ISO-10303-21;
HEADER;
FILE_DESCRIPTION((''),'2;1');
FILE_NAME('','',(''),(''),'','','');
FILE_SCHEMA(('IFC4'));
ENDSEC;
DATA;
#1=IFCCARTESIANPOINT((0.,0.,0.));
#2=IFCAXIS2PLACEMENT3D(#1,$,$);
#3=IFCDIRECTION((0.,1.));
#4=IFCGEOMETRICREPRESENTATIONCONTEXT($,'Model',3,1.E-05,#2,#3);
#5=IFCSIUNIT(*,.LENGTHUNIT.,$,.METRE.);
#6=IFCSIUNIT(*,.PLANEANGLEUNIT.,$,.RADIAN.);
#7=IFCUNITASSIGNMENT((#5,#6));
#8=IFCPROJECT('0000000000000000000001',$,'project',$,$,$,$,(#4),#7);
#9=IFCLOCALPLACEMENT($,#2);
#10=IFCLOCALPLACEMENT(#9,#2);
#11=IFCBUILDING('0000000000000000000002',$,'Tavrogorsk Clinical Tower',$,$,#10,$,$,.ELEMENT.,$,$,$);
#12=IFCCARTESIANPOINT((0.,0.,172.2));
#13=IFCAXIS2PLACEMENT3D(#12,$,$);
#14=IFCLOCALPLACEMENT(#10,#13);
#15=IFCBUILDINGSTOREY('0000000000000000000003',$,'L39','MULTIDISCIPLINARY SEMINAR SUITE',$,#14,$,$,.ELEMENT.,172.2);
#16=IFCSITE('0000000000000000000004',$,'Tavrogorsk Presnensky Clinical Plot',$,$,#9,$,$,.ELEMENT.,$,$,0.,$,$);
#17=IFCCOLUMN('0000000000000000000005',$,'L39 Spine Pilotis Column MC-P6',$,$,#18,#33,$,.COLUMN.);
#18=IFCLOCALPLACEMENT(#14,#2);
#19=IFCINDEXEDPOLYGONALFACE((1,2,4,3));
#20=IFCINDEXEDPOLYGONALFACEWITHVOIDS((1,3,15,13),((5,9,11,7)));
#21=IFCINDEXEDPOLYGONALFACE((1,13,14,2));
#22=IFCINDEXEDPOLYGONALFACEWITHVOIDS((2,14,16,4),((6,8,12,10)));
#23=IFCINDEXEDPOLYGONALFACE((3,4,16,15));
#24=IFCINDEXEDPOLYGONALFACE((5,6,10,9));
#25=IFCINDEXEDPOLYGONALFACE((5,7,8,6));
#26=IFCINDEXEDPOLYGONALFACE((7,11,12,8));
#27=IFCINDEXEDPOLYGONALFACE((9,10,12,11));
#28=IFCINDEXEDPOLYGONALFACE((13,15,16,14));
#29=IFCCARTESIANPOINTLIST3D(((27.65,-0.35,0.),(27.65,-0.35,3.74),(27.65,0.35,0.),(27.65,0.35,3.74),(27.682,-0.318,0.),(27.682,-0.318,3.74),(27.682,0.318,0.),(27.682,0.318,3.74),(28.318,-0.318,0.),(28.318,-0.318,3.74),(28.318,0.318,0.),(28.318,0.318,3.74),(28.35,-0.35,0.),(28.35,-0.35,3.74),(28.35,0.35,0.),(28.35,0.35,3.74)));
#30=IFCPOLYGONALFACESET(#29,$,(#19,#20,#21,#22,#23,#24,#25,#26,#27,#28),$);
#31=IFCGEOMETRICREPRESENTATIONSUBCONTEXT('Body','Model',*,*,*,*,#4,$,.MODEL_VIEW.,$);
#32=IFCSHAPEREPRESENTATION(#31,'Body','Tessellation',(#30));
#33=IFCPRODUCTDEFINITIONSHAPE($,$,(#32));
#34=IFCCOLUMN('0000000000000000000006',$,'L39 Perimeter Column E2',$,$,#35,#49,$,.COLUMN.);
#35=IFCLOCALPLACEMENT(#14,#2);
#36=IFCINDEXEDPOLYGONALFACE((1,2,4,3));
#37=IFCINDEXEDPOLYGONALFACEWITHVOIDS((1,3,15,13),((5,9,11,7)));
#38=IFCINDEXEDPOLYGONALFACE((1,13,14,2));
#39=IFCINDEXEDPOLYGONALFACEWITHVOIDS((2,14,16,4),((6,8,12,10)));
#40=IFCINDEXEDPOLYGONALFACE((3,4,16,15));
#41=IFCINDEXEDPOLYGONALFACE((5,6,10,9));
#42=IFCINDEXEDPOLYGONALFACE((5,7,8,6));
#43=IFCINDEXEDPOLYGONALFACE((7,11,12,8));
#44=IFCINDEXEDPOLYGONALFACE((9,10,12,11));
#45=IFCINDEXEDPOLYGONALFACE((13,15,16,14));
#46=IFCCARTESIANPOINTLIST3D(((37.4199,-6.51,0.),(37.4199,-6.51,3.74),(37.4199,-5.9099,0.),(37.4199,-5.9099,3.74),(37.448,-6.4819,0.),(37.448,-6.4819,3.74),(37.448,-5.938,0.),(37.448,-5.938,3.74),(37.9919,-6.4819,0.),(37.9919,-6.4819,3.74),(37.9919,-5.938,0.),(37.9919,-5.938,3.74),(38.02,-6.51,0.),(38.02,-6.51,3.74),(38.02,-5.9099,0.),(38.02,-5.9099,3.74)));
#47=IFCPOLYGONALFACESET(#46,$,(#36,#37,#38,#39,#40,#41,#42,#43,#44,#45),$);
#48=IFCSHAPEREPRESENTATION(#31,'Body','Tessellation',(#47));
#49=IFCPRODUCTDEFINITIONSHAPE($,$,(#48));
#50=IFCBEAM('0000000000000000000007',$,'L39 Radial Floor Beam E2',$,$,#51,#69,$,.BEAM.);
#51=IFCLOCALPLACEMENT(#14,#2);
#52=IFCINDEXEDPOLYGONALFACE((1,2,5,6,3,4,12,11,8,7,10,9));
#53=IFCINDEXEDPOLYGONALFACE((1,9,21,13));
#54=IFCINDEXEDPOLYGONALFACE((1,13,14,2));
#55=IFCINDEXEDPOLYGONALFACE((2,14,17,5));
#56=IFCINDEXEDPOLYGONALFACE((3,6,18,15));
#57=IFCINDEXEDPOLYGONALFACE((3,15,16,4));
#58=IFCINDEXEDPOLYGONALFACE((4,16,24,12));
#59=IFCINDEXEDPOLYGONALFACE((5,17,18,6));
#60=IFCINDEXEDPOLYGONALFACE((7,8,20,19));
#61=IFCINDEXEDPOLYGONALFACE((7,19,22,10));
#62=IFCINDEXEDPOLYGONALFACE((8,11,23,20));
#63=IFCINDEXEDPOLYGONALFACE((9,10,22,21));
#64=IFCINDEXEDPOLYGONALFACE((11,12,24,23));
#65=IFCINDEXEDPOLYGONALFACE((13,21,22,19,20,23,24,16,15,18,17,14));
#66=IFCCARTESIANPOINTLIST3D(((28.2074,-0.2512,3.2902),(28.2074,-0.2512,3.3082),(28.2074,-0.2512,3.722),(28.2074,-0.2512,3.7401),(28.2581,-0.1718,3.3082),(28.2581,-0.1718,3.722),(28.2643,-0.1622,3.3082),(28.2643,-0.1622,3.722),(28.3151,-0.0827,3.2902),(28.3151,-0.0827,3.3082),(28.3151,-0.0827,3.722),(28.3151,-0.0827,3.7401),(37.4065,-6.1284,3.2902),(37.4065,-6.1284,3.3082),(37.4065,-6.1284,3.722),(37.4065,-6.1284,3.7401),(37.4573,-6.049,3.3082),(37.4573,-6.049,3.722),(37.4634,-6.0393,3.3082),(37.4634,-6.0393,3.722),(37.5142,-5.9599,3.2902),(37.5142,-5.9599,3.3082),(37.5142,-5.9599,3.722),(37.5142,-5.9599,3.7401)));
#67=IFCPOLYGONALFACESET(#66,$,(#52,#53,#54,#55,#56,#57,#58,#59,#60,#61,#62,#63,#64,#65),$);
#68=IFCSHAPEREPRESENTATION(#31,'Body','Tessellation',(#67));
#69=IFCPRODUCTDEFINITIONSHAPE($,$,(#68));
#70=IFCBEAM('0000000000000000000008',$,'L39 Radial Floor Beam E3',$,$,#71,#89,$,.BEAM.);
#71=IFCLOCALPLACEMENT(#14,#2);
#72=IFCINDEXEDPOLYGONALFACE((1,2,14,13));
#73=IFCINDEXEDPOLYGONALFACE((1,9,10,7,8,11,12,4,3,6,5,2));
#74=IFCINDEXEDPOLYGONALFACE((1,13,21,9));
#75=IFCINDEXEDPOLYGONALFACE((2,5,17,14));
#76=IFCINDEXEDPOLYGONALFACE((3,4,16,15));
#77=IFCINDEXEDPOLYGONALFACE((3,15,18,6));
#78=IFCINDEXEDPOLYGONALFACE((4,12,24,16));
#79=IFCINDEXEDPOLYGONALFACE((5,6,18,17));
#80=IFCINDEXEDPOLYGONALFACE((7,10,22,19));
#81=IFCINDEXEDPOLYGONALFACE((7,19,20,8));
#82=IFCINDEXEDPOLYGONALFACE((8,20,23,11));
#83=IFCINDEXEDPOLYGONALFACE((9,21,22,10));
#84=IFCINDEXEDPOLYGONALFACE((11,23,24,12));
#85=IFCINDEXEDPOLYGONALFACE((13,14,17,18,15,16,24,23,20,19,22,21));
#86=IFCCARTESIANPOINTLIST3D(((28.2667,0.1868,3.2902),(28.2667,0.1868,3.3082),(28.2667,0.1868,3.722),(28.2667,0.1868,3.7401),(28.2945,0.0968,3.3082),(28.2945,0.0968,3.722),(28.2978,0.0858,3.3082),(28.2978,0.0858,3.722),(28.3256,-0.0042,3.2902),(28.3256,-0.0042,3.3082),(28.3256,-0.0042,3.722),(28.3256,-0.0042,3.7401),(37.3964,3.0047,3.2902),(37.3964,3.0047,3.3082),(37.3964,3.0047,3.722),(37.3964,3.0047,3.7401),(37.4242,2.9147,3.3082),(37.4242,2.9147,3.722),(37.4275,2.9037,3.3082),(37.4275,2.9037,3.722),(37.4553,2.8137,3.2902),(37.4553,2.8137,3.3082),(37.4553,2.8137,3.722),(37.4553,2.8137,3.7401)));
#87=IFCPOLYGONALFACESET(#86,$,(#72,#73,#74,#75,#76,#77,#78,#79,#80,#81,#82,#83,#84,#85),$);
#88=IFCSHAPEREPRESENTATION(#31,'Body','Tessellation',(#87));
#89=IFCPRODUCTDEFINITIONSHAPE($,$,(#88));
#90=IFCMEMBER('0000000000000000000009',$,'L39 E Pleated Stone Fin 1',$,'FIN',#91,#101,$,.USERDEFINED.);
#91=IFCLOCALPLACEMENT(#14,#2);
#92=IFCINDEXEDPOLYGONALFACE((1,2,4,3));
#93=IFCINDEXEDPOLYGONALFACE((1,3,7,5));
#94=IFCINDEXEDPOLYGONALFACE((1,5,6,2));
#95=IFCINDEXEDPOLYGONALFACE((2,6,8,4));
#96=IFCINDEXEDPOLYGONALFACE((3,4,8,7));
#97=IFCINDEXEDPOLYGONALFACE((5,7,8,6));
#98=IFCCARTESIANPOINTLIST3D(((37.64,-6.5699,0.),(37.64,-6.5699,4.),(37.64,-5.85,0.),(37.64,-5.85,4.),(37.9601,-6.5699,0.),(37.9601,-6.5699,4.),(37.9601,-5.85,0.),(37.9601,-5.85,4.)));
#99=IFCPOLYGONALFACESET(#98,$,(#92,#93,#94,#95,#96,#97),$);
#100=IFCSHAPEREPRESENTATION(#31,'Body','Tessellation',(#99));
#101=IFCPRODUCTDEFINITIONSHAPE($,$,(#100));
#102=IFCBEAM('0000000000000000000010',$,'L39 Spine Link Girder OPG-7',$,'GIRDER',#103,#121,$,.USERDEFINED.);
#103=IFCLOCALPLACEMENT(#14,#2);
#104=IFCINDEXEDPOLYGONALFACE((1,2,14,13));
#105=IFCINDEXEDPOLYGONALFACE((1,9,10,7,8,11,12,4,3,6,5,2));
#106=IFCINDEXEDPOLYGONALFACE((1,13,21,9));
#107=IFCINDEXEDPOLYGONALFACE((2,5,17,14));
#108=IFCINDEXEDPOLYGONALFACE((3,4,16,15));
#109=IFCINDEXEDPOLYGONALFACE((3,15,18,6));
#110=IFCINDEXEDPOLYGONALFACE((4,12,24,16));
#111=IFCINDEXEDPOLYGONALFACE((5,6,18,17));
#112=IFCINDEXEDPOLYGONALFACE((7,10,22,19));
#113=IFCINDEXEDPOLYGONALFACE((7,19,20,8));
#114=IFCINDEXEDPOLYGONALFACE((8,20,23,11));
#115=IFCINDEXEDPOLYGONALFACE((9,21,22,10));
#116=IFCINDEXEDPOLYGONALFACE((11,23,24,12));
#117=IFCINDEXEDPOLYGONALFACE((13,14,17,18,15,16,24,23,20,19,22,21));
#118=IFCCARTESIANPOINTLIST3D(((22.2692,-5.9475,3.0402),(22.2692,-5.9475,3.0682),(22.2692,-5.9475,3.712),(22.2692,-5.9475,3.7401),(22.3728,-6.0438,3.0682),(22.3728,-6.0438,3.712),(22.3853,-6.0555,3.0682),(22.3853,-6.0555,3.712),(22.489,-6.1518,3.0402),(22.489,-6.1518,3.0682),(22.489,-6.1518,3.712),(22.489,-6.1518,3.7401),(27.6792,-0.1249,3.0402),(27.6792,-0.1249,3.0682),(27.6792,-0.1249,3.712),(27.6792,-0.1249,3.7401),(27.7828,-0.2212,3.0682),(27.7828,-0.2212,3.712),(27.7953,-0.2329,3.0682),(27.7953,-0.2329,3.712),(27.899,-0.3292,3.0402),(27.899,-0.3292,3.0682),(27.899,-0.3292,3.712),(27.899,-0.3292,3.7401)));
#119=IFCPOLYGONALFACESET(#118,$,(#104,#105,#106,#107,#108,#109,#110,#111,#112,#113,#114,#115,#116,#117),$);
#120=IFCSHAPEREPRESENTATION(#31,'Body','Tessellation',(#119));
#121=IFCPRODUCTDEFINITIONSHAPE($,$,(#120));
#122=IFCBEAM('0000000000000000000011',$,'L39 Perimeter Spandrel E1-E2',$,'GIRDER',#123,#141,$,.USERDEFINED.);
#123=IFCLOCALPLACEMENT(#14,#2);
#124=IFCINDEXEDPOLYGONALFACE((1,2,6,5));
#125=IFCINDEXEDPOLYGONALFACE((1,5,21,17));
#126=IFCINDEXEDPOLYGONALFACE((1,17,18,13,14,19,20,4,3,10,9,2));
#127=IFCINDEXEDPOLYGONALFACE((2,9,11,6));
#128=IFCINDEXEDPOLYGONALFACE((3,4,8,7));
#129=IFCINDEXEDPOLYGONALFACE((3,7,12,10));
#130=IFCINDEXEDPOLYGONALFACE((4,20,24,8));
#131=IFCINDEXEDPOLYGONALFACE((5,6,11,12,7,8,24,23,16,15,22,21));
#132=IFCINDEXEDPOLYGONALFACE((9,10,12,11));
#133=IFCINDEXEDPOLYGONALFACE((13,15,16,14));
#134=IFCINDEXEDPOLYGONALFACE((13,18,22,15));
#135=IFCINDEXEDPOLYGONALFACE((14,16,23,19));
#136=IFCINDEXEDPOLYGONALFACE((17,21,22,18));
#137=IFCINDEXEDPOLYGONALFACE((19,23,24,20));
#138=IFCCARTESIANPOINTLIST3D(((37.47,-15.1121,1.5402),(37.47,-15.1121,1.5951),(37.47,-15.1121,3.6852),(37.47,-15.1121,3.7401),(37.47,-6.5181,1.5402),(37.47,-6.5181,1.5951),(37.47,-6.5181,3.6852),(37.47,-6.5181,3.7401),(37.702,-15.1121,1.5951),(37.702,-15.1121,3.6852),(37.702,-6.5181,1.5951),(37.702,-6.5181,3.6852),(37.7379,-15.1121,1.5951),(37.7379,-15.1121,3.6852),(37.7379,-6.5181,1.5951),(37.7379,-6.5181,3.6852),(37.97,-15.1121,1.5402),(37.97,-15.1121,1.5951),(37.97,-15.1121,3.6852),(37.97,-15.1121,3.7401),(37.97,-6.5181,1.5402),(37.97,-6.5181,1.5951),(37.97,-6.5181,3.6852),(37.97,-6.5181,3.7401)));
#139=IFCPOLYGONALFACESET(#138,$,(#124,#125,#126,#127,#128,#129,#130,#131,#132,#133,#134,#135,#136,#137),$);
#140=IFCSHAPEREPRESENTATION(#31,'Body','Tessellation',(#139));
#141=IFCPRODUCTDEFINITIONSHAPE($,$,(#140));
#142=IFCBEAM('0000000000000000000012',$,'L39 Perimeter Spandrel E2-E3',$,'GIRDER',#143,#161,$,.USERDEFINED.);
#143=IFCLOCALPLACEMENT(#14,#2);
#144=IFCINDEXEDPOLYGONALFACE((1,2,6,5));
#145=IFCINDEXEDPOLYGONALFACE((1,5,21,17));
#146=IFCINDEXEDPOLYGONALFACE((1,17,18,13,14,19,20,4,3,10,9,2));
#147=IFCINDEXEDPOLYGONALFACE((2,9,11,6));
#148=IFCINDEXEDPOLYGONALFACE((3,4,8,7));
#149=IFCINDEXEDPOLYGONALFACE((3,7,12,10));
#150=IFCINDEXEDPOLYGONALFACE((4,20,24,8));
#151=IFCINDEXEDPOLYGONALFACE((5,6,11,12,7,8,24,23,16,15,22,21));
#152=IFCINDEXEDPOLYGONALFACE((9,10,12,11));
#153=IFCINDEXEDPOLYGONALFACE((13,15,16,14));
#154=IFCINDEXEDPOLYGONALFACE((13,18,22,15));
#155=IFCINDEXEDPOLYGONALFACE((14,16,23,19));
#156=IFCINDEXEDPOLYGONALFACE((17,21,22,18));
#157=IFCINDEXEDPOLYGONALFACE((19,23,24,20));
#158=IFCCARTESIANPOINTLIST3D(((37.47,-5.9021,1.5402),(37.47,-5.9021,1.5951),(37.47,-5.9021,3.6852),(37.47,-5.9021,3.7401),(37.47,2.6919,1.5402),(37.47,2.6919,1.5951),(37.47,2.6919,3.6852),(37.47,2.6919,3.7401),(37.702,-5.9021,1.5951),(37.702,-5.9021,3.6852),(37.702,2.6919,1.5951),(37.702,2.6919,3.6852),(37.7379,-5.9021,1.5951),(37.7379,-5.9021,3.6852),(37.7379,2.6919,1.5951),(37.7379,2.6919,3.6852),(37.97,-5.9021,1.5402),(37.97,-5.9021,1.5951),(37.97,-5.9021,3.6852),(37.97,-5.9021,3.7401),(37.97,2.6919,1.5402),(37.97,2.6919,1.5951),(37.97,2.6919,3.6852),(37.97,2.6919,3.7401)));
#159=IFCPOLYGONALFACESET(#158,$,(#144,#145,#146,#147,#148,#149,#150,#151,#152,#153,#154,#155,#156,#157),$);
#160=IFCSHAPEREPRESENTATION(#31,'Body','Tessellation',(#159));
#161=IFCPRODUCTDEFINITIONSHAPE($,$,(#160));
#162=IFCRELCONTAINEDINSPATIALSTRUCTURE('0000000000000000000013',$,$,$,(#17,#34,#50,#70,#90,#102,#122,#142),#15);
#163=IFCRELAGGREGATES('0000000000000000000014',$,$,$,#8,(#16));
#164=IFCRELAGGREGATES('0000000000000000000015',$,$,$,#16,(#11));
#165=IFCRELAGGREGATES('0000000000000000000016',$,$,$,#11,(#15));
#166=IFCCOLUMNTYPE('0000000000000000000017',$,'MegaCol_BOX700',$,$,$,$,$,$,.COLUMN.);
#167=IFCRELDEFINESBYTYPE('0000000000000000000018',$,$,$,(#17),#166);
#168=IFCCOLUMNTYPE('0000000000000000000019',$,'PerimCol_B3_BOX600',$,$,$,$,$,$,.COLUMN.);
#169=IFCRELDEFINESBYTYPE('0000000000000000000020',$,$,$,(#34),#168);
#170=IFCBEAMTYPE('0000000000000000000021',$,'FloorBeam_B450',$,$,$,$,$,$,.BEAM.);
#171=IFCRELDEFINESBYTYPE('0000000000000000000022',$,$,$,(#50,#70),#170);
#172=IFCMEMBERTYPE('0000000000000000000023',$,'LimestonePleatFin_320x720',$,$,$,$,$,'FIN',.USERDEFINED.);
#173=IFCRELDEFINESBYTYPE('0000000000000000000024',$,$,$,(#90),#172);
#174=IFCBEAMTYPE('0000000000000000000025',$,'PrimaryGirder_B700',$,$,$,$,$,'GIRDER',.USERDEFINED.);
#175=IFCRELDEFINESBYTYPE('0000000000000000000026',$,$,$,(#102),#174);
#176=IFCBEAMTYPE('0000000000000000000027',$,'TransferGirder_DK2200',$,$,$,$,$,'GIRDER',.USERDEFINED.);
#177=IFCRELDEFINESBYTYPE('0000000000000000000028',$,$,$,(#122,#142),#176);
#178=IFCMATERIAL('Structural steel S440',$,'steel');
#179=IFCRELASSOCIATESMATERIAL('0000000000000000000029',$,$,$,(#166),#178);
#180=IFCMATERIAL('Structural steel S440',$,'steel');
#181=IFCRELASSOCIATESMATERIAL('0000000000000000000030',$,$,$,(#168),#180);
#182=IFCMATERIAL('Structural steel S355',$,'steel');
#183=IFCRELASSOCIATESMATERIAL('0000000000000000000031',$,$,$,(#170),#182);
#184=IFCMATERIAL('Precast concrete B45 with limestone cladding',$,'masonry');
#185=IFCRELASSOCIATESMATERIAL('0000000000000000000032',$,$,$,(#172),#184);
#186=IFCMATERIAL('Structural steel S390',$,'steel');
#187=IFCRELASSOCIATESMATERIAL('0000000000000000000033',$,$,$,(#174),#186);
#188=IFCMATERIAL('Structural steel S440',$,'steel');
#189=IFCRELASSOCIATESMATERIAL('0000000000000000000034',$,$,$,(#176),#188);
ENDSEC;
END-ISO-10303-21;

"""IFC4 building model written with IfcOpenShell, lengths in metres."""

from ifc_helpers import new_model, si_unit, direction, frame, origin, origin_2d, place, context, subcontext, project, spatial, rectangle, hollow_rectangle, i_section, extrude, material, material_profile, profile_set, type_object, element, save


model = new_model("IFC4")

# Units and contexts
model_context = context("Model", 3, precision=1e-05, world=origin(), true_north=direction((0.0, 1.0)))
body_context = subcontext(model_context, "Body", "Model", "MODEL_VIEW")
ifc_project = project(units=[si_unit("LENGTHUNIT", "METRE"), si_unit("PLANEANGLEUNIT", "RADIAN")], contexts=[model_context])

# Site, building, storey
site_placement = place(None, origin())
site = spatial("IfcSite", under=ifc_project, at=site_placement, Name="Tavrogorsk Presnensky Clinical Plot", CompositionType="ELEMENT", RefElevation=0.0)
building_placement = place(site_placement, origin())
building = spatial("IfcBuilding", under=site, at=building_placement, Name="Tavrogorsk Clinical Tower", CompositionType="ELEMENT")
storey_placement = place(building_placement, frame((0.0, 0.0, 172.2)))
storey = spatial("IfcBuildingStorey", under=building, at=storey_placement, Name="L39", Description="MULTIDISCIPLINARY SEMINAR SUITE", CompositionType="ELEMENT", Elevation=172.2)

# Columns
ifc_material_1 = material(Name="Structural steel S440", Category="steel")
ifc_material_profile_1 = material_profile(ifc_material_1, hollow_rectangle(XDim=0.7, YDim=0.7, WallThickness=0.032, at=origin_2d()), Name="BOX-700x700x32")
ifc_profile_set_1 = profile_set([ifc_material_profile_1], Name="Structural steel S440")
column_type_1 = type_object("IfcColumnType", Name="MegaCol_BOX700", PredefinedType="COLUMN", material=ifc_profile_set_1)
column_1_placement = place(storey_placement, frame((28.0, 0.0, 0.0), z_axis=(0.0, 0.0, 1.0), x_axis=(1.0, 0.0, 0.0)))
element("IfcColumn", 1, at=column_1_placement, inside=storey, type_object=column_type_1, Name="L39 Spine Pilotis Column MC-P6", PredefinedType="COLUMN", context=body_context, shape_type="SweptSolid", body=[
    extrude(hollow_rectangle(XDim=0.7, YDim=0.7, WallThickness=0.032, at=origin_2d()), origin(), (0.0, 0.0, 1.0), 3.74),
])
ifc_material_2 = material(Name="Structural steel S440", Category="steel")
ifc_material_profile_2 = material_profile(ifc_material_2, hollow_rectangle(XDim=0.6001, YDim=0.6001, WallThickness=0.0281, at=origin_2d()), Name="BOX-600x600x28")
ifc_profile_set_2 = profile_set([ifc_material_profile_2], Name="Structural steel S440")
column_type_2 = type_object("IfcColumnType", Name="PerimCol_B3_BOX600", PredefinedType="COLUMN", material=ifc_profile_set_2)
column_2_placement = place(storey_placement, frame((37.72, -6.21, 0.0), z_axis=(0.0, 0.0, 1.0), x_axis=(1.0, 0.0, 0.0)))
element("IfcColumn", 2, at=column_2_placement, inside=storey, type_object=column_type_2, Name="L39 Perimeter Column E2", PredefinedType="COLUMN", context=body_context, shape_type="SweptSolid", body=[
    extrude(hollow_rectangle(XDim=0.6001, YDim=0.6001, WallThickness=0.0281, at=origin_2d()), origin(), (0.0, 0.0, 1.0), 3.74),
])

# Beams
ifc_material_3 = material(Name="Structural steel S355", Category="steel")
ifc_material_profile_3 = material_profile(ifc_material_3, i_section(OverallWidth=0.2, OverallDepth=0.45, WebThickness=0.0115, FlangeThickness=0.0181, at=origin_2d()), Name="B-450x200x11.5x18")
ifc_profile_set_3 = profile_set([ifc_material_profile_3], Name="Structural steel S355")
beam_type_1 = type_object("IfcBeamType", Name="FloorBeam_B450", PredefinedType="BEAM", material=ifc_profile_set_3)
beam_1_placement = place(storey_placement, frame((28.2612, -0.167, 3.5151), z_axis=(0.8427, -0.538384, 0.0), x_axis=(0.538384, 0.8427, 0.0)))
element("IfcBeam", 3, at=beam_1_placement, inside=storey, type_object=beam_type_1, Name="L39 Radial Floor Beam E2", PredefinedType="BEAM", context=body_context, shape_type="SweptSolid", body=[
    extrude(i_section(OverallWidth=0.2, OverallDepth=0.45, WebThickness=0.0115, FlangeThickness=0.0181, at=origin_2d()), origin(), (0.0, 0.0, 1.0), 10.9163),
])
beam_2_placement = place(storey_placement, frame((28.2961, 0.0913, 3.5151), z_axis=(0.955521, 0.294922, 0.0), x_axis=(-0.294922, 0.955521, 0.0)))
element("IfcBeam", 4, at=beam_2_placement, inside=storey, type_object=beam_type_1, Name="L39 Radial Floor Beam E3", PredefinedType="BEAM", context=body_context, shape_type="SweptSolid", body=[
    extrude(i_section(OverallWidth=0.2, OverallDepth=0.45, WebThickness=0.0115, FlangeThickness=0.0181, at=origin_2d()), origin(), (0.0, 0.0, 1.0), 9.5547),
])

# Member
ifc_material_4 = material(Name="Precast concrete B45 with limestone cladding", Category="masonry")
ifc_material_profile_4 = material_profile(ifc_material_4, rectangle(XDim=0.3201, YDim=0.72, at=origin_2d()), Name="LIMESTONE-FIN-320x720")
ifc_profile_set_4 = profile_set([ifc_material_profile_4], Name="Precast concrete B45 with limestone cladding")
member_type = type_object("IfcMemberType", Name="LimestonePleatFin_320x720", ElementType="FIN", PredefinedType="USERDEFINED", material=ifc_profile_set_4)
member_placement = place(storey_placement, frame((37.8, -6.21, 0.0), z_axis=(0.0, 0.0, 1.0), x_axis=(1.0, 0.0, 0.0)))
element("IfcMember", 5, at=member_placement, inside=storey, type_object=member_type, Name="L39 E Pleated Stone Fin 1", ObjectType="FIN", PredefinedType="USERDEFINED", context=body_context, shape_type="SweptSolid", body=[
    extrude(rectangle(XDim=0.3201, YDim=0.72, at=origin_2d()), origin(), (0.0, 0.0, 1.0), 4.0),
])

# Beams
ifc_material_5 = material(Name="Structural steel S390", Category="steel")
ifc_material_profile_5 = material_profile(ifc_material_5, i_section(OverallWidth=0.3, OverallDepth=0.7, WebThickness=0.0171, FlangeThickness=0.0281, at=origin_2d()), Name="B-700x300x17x28")
ifc_profile_set_5 = profile_set([ifc_material_profile_5], Name="Structural steel S390")
beam_type_2 = type_object("IfcBeamType", Name="PrimaryGirder_B700", ElementType="GIRDER", PredefinedType="USERDEFINED", material=ifc_profile_set_5)
beam_3_placement = place(storey_placement, frame((27.7891, -0.2271, 3.3901), z_axis=(-0.680674, -0.732587, 0.0), x_axis=(0.732587, -0.680674, 0.0)))
element("IfcBeam", 6, at=beam_3_placement, inside=storey, type_object=beam_type_2, Name="L39 Spine Link Girder OPG-7", ObjectType="GIRDER", PredefinedType="USERDEFINED", context=body_context, shape_type="SweptSolid", body=[
    extrude(i_section(OverallWidth=0.3, OverallDepth=0.7, WebThickness=0.0171, FlangeThickness=0.0281, at=origin_2d()), origin(), (0.0, 0.0, 1.0), 7.948),
])
ifc_material_6 = material(Name="Structural steel S440", Category="steel")
ifc_material_profile_6 = material_profile(ifc_material_6, i_section(OverallWidth=0.5, OverallDepth=2.2, WebThickness=0.0359, FlangeThickness=0.0549, at=origin_2d()), Name="DK-2200x500x36x55")
ifc_profile_set_6 = profile_set([ifc_material_profile_6], Name="Structural steel S440")
beam_type_3 = type_object("IfcBeamType", Name="TransferGirder_DK2200", ElementType="GIRDER", PredefinedType="USERDEFINED", material=ifc_profile_set_6)
for number, where, z_axis, x_axis, name in (
    (7, (37.72, -15.1121, 2.6401), (0.0, 1.0, 0.0), (-1.0, 0.0, 0.0), "L39 Perimeter Spandrel E1-E2"),
    (8, (37.72, -5.9021, 2.6401), (0.0, 1.0, 0.0), (-1.0, 0.0, 0.0), "L39 Perimeter Spandrel E2-E3"),
):
    element("IfcBeam", number, at=place(storey_placement, frame(where, z_axis=z_axis, x_axis=x_axis)), inside=storey, type_object=beam_type_3, Name=name, ObjectType="GIRDER", PredefinedType="USERDEFINED", context=body_context, shape_type="SweptSolid", body=[
        extrude(i_section(OverallWidth=0.5, OverallDepth=2.2, WebThickness=0.0359, FlangeThickness=0.0549, at=origin_2d()), origin(), (0.0, 0.0, 1.0), 8.594),
    ])

save(model, "model.ifc")
